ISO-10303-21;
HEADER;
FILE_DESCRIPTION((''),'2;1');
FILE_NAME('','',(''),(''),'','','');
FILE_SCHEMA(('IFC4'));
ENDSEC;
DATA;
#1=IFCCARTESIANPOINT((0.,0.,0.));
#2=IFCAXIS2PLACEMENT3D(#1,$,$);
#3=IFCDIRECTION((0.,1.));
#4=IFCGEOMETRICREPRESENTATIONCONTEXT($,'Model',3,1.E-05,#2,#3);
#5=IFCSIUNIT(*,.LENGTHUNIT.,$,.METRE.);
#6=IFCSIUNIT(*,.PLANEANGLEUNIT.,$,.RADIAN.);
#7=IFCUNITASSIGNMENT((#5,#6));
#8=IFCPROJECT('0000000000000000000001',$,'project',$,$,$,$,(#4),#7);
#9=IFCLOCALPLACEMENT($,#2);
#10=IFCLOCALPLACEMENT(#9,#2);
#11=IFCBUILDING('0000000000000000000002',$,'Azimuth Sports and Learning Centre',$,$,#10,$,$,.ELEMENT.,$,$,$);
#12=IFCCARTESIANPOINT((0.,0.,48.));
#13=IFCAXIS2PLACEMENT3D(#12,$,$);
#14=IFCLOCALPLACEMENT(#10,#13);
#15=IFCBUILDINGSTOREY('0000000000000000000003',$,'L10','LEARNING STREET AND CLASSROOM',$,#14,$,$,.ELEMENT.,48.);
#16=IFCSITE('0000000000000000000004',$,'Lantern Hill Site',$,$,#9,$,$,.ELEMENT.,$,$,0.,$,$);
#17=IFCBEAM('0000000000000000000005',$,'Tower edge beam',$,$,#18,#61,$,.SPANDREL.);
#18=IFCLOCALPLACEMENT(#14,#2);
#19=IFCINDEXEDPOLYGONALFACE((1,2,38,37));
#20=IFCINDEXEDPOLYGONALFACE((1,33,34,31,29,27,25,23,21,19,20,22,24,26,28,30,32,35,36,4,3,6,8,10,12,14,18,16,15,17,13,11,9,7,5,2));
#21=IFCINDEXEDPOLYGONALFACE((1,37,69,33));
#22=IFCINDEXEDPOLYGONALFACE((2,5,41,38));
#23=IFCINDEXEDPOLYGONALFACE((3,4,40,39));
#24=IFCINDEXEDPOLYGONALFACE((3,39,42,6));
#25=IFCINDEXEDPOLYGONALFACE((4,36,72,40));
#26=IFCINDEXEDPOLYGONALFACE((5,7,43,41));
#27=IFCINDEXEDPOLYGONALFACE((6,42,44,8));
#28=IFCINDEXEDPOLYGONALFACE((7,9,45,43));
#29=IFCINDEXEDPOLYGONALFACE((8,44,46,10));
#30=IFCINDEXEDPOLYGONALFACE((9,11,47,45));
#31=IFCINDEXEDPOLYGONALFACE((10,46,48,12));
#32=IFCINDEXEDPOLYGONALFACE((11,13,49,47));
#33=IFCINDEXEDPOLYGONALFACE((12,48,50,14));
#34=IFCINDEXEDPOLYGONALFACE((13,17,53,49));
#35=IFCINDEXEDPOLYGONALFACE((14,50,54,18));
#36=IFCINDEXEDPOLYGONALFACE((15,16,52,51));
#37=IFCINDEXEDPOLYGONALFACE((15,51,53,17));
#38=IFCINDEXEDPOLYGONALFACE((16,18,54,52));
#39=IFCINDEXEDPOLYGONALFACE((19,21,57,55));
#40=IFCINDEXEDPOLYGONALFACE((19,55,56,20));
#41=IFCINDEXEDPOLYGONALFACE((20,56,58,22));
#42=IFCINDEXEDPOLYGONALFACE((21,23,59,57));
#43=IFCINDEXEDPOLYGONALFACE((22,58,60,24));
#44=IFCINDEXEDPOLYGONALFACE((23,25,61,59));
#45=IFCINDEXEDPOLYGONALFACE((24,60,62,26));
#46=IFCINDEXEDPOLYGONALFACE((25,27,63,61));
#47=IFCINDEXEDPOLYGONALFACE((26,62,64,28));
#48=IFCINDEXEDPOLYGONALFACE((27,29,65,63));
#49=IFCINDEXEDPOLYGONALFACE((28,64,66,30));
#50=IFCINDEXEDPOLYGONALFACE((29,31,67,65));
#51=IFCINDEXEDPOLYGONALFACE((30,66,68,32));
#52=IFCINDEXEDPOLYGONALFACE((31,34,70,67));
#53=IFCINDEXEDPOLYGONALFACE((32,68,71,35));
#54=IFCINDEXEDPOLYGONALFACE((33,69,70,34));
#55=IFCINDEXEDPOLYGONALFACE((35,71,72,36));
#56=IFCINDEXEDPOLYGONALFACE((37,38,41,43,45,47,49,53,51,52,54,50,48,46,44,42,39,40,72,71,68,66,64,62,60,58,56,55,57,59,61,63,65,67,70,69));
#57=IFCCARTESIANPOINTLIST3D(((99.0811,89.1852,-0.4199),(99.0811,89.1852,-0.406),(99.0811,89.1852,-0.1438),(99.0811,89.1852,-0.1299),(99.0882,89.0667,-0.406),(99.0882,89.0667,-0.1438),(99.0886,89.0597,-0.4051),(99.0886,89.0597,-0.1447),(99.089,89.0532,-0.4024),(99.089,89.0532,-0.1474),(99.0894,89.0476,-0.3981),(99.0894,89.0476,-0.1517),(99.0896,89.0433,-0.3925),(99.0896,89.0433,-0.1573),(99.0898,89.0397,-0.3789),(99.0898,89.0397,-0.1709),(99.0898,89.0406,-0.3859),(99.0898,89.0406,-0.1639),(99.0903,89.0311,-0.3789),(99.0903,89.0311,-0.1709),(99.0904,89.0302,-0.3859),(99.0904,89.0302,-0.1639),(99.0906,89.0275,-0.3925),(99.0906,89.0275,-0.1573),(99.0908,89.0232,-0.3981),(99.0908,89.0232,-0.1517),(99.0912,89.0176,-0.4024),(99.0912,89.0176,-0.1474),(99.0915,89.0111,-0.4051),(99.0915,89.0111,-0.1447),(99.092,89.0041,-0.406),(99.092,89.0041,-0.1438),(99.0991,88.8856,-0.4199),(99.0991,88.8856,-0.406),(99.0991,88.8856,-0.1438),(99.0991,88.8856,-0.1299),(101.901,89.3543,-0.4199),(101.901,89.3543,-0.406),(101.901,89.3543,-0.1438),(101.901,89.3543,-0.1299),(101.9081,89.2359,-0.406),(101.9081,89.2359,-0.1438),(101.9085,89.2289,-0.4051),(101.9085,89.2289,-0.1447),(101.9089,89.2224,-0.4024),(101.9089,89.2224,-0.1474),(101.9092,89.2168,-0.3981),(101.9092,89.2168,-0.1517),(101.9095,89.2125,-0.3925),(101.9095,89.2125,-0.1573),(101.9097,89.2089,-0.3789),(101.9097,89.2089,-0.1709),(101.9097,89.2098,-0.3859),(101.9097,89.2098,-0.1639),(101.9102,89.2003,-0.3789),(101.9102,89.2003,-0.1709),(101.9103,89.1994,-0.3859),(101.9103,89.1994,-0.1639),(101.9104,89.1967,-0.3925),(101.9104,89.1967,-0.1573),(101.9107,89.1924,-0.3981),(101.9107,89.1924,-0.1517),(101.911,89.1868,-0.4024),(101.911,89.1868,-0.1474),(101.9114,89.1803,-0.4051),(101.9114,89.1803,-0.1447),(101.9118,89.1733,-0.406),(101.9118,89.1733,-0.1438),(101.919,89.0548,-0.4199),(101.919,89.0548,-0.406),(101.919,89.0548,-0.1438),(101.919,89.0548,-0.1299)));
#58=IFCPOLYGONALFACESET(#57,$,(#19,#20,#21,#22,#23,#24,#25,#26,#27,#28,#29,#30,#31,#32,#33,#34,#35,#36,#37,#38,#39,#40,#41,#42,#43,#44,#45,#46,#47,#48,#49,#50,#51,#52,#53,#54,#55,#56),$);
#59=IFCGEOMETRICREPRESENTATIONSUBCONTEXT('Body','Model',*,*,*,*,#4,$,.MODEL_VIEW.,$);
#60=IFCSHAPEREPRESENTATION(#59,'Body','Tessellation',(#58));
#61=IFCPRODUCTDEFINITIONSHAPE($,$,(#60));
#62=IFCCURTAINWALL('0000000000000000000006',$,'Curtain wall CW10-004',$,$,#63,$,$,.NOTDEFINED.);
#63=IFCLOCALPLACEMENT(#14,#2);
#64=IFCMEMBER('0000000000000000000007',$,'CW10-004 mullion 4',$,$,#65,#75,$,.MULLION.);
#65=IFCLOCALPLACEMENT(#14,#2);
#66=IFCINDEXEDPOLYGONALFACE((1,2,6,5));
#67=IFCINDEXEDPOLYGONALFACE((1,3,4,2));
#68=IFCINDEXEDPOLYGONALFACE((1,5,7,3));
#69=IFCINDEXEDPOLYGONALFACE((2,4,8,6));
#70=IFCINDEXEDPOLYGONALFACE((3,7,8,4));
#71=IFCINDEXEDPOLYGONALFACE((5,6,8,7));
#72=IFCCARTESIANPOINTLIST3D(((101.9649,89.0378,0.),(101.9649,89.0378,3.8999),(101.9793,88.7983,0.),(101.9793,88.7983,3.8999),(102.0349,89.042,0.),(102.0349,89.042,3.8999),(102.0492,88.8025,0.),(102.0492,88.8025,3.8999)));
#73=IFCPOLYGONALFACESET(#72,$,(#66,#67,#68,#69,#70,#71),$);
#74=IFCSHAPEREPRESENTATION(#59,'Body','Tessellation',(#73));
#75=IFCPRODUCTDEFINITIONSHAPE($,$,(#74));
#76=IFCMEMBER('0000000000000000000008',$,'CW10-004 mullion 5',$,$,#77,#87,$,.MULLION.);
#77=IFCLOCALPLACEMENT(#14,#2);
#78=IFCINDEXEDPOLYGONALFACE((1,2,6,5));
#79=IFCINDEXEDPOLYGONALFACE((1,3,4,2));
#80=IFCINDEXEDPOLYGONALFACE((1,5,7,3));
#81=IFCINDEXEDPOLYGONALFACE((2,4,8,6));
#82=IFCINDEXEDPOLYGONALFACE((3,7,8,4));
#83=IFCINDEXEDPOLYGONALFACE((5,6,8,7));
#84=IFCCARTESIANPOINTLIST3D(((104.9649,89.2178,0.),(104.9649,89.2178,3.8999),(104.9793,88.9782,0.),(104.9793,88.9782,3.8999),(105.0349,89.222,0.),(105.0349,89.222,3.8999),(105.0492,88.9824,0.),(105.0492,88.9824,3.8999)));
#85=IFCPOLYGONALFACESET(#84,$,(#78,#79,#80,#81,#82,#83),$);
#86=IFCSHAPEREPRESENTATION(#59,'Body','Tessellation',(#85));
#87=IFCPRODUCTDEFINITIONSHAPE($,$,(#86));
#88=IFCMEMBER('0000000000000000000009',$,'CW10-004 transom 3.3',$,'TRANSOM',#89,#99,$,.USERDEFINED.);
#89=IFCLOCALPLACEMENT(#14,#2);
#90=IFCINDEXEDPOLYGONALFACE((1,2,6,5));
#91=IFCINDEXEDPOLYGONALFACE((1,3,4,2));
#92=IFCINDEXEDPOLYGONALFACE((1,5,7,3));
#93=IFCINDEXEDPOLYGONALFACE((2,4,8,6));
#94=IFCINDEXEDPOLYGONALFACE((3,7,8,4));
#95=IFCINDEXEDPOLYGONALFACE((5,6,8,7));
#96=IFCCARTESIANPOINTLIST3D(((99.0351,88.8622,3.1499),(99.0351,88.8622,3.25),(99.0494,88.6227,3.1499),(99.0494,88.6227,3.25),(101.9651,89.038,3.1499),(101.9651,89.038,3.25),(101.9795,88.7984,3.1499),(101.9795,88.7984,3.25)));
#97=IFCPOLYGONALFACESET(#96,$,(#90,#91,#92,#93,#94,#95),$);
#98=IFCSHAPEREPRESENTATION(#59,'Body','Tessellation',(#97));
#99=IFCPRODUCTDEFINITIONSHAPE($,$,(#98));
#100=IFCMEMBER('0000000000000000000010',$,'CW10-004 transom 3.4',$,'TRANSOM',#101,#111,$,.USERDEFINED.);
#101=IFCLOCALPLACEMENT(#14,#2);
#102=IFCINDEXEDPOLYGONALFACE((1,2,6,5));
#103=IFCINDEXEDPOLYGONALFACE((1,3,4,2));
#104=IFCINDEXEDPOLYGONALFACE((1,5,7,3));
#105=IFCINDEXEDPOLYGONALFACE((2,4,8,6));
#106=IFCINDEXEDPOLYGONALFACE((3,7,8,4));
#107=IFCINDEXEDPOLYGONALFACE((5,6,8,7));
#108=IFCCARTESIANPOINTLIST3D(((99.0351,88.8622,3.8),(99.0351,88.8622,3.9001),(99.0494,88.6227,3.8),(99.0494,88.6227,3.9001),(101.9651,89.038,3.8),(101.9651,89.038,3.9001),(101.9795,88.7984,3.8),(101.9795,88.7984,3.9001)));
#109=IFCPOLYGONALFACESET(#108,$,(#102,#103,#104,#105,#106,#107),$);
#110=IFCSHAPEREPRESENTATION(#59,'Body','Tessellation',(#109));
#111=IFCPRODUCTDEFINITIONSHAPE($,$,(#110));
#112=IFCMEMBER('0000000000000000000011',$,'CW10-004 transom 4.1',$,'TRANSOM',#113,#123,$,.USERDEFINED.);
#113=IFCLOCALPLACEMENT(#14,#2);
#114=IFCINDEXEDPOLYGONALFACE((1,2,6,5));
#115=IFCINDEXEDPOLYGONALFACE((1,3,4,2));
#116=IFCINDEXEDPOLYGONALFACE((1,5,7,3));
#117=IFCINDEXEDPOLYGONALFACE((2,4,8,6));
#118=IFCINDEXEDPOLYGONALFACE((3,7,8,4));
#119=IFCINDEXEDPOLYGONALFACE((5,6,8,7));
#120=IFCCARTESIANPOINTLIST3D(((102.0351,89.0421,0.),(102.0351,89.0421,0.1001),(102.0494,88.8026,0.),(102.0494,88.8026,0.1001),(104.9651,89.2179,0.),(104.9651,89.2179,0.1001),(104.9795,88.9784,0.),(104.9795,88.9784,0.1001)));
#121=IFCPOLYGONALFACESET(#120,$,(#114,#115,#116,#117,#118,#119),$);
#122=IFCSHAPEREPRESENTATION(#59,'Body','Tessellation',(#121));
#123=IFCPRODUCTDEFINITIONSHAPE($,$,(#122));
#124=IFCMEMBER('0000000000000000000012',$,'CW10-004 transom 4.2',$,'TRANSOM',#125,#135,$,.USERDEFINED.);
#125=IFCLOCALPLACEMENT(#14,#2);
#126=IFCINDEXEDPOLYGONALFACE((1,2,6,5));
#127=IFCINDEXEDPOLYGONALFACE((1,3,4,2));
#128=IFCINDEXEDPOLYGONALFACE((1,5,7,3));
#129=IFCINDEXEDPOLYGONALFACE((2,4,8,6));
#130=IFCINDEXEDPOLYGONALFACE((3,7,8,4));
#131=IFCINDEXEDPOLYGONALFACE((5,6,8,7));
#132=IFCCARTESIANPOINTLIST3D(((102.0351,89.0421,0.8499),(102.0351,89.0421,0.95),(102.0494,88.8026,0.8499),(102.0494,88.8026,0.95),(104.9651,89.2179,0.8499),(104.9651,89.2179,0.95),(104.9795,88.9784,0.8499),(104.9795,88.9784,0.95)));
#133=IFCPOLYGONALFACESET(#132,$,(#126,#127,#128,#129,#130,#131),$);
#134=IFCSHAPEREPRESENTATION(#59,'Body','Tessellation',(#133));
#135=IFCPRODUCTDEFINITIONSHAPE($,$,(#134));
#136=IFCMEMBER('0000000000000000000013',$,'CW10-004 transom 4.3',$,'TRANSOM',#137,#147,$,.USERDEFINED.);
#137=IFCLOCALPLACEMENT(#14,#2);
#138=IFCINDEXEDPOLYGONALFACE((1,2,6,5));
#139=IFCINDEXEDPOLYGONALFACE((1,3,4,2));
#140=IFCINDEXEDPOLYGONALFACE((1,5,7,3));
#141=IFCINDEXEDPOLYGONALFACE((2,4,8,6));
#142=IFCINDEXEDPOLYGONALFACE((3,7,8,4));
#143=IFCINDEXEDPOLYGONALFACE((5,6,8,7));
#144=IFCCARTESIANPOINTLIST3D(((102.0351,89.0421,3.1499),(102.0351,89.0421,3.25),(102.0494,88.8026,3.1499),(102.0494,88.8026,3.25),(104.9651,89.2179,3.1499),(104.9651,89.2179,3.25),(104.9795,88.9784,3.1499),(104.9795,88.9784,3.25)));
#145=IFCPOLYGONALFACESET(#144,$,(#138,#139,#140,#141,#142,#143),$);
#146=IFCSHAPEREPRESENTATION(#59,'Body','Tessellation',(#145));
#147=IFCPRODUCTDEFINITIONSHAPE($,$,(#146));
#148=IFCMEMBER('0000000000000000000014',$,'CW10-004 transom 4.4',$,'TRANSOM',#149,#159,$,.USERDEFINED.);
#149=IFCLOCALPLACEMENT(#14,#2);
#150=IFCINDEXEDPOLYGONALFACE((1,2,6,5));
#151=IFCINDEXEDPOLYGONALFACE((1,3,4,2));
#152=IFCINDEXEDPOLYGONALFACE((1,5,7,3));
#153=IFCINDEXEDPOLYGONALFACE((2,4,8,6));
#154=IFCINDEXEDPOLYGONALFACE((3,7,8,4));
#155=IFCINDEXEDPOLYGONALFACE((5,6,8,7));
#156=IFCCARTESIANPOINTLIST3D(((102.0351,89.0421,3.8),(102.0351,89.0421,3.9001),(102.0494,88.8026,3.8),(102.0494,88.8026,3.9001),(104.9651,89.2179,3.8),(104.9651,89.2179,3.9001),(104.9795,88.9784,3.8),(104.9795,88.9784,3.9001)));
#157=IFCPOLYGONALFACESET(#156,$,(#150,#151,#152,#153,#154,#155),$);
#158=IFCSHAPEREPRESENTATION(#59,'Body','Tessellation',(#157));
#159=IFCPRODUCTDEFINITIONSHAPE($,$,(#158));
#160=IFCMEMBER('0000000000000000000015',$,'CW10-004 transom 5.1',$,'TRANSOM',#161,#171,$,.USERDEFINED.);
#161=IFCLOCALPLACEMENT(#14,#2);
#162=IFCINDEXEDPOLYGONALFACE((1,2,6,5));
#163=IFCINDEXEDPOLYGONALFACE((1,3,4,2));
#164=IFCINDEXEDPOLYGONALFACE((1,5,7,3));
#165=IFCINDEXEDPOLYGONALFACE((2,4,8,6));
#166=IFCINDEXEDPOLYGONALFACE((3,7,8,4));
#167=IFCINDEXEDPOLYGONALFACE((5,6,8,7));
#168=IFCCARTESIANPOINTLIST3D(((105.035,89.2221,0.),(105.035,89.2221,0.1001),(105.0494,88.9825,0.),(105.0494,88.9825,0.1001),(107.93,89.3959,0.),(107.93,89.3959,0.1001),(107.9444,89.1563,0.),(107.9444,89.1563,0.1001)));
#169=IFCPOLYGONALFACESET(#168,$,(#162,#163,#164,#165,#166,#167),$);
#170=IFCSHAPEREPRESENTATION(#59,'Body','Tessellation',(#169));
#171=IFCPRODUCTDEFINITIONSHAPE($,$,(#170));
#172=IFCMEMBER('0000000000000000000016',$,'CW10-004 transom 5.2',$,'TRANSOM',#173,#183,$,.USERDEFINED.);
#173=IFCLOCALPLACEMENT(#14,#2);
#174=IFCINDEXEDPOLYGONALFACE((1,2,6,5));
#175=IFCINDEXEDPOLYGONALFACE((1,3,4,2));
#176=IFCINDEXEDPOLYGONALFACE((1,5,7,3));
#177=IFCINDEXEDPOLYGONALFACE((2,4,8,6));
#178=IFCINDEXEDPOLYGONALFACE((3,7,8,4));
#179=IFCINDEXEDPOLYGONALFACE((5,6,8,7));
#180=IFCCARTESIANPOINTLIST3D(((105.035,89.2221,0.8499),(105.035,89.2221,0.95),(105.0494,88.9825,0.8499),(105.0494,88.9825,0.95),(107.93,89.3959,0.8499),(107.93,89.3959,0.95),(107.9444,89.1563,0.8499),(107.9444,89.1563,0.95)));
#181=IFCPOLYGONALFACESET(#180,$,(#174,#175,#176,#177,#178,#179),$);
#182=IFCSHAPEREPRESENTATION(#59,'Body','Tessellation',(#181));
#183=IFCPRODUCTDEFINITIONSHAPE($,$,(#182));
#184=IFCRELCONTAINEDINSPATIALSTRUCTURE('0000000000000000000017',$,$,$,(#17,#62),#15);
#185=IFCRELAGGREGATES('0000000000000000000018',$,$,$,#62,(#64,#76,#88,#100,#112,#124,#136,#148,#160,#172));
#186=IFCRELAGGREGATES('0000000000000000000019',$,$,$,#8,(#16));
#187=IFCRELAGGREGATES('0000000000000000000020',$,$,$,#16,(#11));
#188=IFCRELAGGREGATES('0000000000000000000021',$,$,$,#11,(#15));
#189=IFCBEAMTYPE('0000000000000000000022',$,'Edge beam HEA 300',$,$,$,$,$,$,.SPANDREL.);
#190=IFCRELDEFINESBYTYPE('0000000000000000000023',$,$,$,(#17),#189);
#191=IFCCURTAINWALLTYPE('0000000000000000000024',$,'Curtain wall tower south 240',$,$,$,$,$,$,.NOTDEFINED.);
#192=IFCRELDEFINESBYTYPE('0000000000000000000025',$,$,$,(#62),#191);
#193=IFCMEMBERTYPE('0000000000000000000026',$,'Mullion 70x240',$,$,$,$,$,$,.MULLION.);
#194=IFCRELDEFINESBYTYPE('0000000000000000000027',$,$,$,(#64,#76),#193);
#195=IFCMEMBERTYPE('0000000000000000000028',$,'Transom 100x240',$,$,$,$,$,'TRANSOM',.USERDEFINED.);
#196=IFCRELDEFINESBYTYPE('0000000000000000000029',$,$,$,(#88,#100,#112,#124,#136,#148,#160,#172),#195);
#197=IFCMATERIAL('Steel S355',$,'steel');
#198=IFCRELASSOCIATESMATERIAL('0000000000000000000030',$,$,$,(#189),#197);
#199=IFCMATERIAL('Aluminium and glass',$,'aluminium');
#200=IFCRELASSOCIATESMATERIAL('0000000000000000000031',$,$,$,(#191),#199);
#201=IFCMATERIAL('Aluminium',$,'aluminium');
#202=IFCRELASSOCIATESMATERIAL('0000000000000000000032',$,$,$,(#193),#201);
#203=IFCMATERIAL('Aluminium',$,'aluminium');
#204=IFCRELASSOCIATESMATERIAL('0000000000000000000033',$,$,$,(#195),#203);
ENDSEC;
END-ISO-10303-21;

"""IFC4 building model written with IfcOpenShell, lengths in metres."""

from ifc_helpers import new_model, si_unit, direction, frame, origin, origin_2d, place, context, subcontext, project, spatial, rectangle, i_section, extrude, material, material_profile, profile_set, type_object, element, aggregate, save


model = new_model("IFC4")

# Units and contexts
model_context = context("Model", 3, precision=1e-05, world=origin(), true_north=direction((0.0, 1.0)))
body_context = subcontext(model_context, "Body", "Model", "MODEL_VIEW")
ifc_project = project(units=[si_unit("LENGTHUNIT", "METRE"), si_unit("PLANEANGLEUNIT", "RADIAN")], contexts=[model_context])

# Site, building, storey
site_placement = place(None, origin())
site = spatial("IfcSite", under=ifc_project, at=site_placement, Name="Lantern Hill Site", CompositionType="ELEMENT", RefElevation=0.0)
building_placement = place(site_placement, origin())
building = spatial("IfcBuilding", under=site, at=building_placement, Name="Azimuth Sports and Learning Centre", CompositionType="ELEMENT")
storey_placement = place(building_placement, frame((0.0, 0.0, 48.0)))
storey = spatial("IfcBuildingStorey", under=building, at=storey_placement, Name="L10", Description="LEARNING STREET AND CLASSROOM", CompositionType="ELEMENT", Elevation=48.0)

# Beam
ifc_material_1 = material(Name="Steel S355", Category="steel")
ifc_material_profile_1 = material_profile(ifc_material_1, i_section(OverallWidth=0.3, OverallDepth=0.29, WebThickness=0.0085, FlangeThickness=0.0139, FilletRadius=0.0271, at=origin_2d()), Name="HEA 300")
ifc_profile_set_1 = profile_set([ifc_material_profile_1], Name="Steel S355")
beam_type = type_object("IfcBeamType", Name="Edge beam HEA 300", PredefinedType="SPANDREL", material=ifc_profile_set_1)
beam_placement = place(storey_placement, frame((99.0901, 89.0354, -0.2749), z_axis=(0.998205, 0.059892, 0.0), x_axis=(-0.059892, 0.998205, 0.0)))
element("IfcBeam", 1, at=beam_placement, inside=storey, type_object=beam_type, Name="Tower edge beam", PredefinedType="SPANDREL", context=body_context, shape_type="SweptSolid", body=[
    extrude(i_section(OverallWidth=0.3, OverallDepth=0.29, WebThickness=0.0085, FlangeThickness=0.0139, FilletRadius=0.0271, at=origin_2d()), origin(), (0.0, 0.0, 1.0), 2.825),
])

# Curtain wall, members
ifc_material_2 = material(Name="Aluminium and glass", Category="aluminium")
curtain_wall_type = type_object("IfcCurtainWallType", Name="Curtain wall tower south 240", PredefinedType="NOTDEFINED", material=ifc_material_2)
curtain_wall_placement = place(storey_placement, origin())
curtain_wall = element("IfcCurtainWall", 2, at=curtain_wall_placement, inside=storey, type_object=curtain_wall_type, Name="Curtain wall CW10-004", PredefinedType="NOTDEFINED")
ifc_material_3 = material(Name="Aluminium", Category="aluminium")
ifc_material_profile_2 = material_profile(ifc_material_3, rectangle(XDim=0.24, YDim=0.0701, at=origin_2d()), Name="Mullion 70x240")
ifc_profile_set_2 = profile_set([ifc_material_profile_2], Name="Aluminium")
member_type_1 = type_object("IfcMemberType", Name="Mullion 70x240", PredefinedType="MULLION", material=ifc_profile_set_2)
member_1_placement = place(storey_placement, frame((102.0071, 88.9202, 0.0), z_axis=(0.0, 0.0, 1.0), x_axis=(-0.059892, 0.998205, 0.0)))
member_1 = element("IfcMember", 3, at=member_1_placement, type_object=member_type_1, Name="CW10-004 mullion 4", PredefinedType="MULLION", context=body_context, shape_type="SweptSolid", body=[
    extrude(rectangle(XDim=0.24, YDim=0.0701, at=origin_2d()), origin(), (0.0, 0.0, 1.0), 3.8999),
])
member_2_placement = place(storey_placement, frame((105.0071, 89.1001, 0.0), z_axis=(0.0, 0.0, 1.0), x_axis=(-0.059892, 0.998205, 0.0)))
member_2 = element("IfcMember", 4, at=member_2_placement, type_object=member_type_1, Name="CW10-004 mullion 5", PredefinedType="MULLION", context=body_context, shape_type="SweptSolid", body=[
    extrude(rectangle(XDim=0.24, YDim=0.0701, at=origin_2d()), origin(), (0.0, 0.0, 1.0), 3.8999),
])
ifc_material_4 = material(Name="Aluminium", Category="aluminium")
ifc_material_profile_3 = material_profile(ifc_material_4, rectangle(XDim=0.24, YDim=0.1001, at=origin_2d()), Name="Transom 100x240")
ifc_profile_set_3 = profile_set([ifc_material_profile_3], Name="Aluminium")
member_type_2 = type_object("IfcMemberType", Name="Transom 100x240", ElementType="TRANSOM", PredefinedType="USERDEFINED", material=ifc_profile_set_3)
member_3_placement = place(storey_placement, frame((99.0422, 88.7424, 3.2), z_axis=(0.998205, 0.059887, 0.0), x_axis=(-0.059887, 0.998205, 0.0)))
member_3 = element("IfcMember", 5, at=member_3_placement, type_object=member_type_2, Name="CW10-004 transom 3.3", ObjectType="TRANSOM", PredefinedType="USERDEFINED", context=body_context, shape_type="SweptSolid", body=[
    extrude(rectangle(XDim=0.24, YDim=0.1001, at=origin_2d()), origin(), (0.0, 0.0, 1.0), 2.9353),
])
member_4_placement = place(storey_placement, frame((99.0422, 88.7424, 3.8501), z_axis=(0.998205, 0.059887, 0.0), x_axis=(-0.059887, 0.998205, 0.0)))
member_4 = element("IfcMember", 6, at=member_4_placement, type_object=member_type_2, Name="CW10-004 transom 3.4", ObjectType="TRANSOM", PredefinedType="USERDEFINED", context=body_context, shape_type="SweptSolid", body=[
    extrude(rectangle(XDim=0.24, YDim=0.1001, at=origin_2d()), origin(), (0.0, 0.0, 1.0), 2.9353),
])
member_5_placement = place(storey_placement, frame((102.0422, 88.9224, 0.05), z_axis=(0.998205, 0.059887, 0.0), x_axis=(-0.059887, 0.998205, 0.0)))
member_5 = element("IfcMember", 7, at=member_5_placement, type_object=member_type_2, Name="CW10-004 transom 4.1", ObjectType="TRANSOM", PredefinedType="USERDEFINED", context=body_context, shape_type="SweptSolid", body=[
    extrude(rectangle(XDim=0.24, YDim=0.1001, at=origin_2d()), origin(), (0.0, 0.0, 1.0), 2.9353),
])
member_6_placement = place(storey_placement, frame((102.0422, 88.9224, 0.8999), z_axis=(0.998205, 0.059887, 0.0), x_axis=(-0.059887, 0.998205, 0.0)))
member_6 = element("IfcMember", 8, at=member_6_placement, type_object=member_type_2, Name="CW10-004 transom 4.2", ObjectType="TRANSOM", PredefinedType="USERDEFINED", context=body_context, shape_type="SweptSolid", body=[
    extrude(rectangle(XDim=0.24, YDim=0.1001, at=origin_2d()), origin(), (0.0, 0.0, 1.0), 2.9353),
])
member_7_placement = place(storey_placement, frame((102.0422, 88.9224, 3.2), z_axis=(0.998205, 0.059887, 0.0), x_axis=(-0.059887, 0.998205, 0.0)))
member_7 = element("IfcMember", 9, at=member_7_placement, type_object=member_type_2, Name="CW10-004 transom 4.3", ObjectType="TRANSOM", PredefinedType="USERDEFINED", context=body_context, shape_type="SweptSolid", body=[
    extrude(rectangle(XDim=0.24, YDim=0.1001, at=origin_2d()), origin(), (0.0, 0.0, 1.0), 2.9353),
])
member_8_placement = place(storey_placement, frame((102.0422, 88.9224, 3.8501), z_axis=(0.998205, 0.059887, 0.0), x_axis=(-0.059887, 0.998205, 0.0)))
member_8 = element("IfcMember", 10, at=member_8_placement, type_object=member_type_2, Name="CW10-004 transom 4.4", ObjectType="TRANSOM", PredefinedType="USERDEFINED", context=body_context, shape_type="SweptSolid", body=[
    extrude(rectangle(XDim=0.24, YDim=0.1001, at=origin_2d()), origin(), (0.0, 0.0, 1.0), 2.9353),
])
member_9_placement = place(storey_placement, frame((105.0422, 89.1023, 0.05), z_axis=(0.998202, 0.059936, 0.0), x_axis=(-0.059936, 0.998202, 0.0)))
member_9 = element("IfcMember", 11, at=member_9_placement, type_object=member_type_2, Name="CW10-004 transom 5.1", ObjectType="TRANSOM", PredefinedType="USERDEFINED", context=body_context, shape_type="SweptSolid", body=[
    extrude(rectangle(XDim=0.24, YDim=0.1001, at=origin_2d()), origin(), (0.0, 0.0, 1.0), 2.9001),
])
member_10_placement = place(storey_placement, frame((105.0422, 89.1023, 0.8999), z_axis=(0.998202, 0.059936, 0.0), x_axis=(-0.059936, 0.998202, 0.0)))
member_10 = element("IfcMember", 12, at=member_10_placement, type_object=member_type_2, Name="CW10-004 transom 5.2", ObjectType="TRANSOM", PredefinedType="USERDEFINED", context=body_context, shape_type="SweptSolid", body=[
    extrude(rectangle(XDim=0.24, YDim=0.1001, at=origin_2d()), origin(), (0.0, 0.0, 1.0), 2.9001),
])
aggregate(curtain_wall, [member_1, member_2, member_3, member_4, member_5, member_6, member_7, member_8, member_9, member_10])

save(model, "model.ifc")
